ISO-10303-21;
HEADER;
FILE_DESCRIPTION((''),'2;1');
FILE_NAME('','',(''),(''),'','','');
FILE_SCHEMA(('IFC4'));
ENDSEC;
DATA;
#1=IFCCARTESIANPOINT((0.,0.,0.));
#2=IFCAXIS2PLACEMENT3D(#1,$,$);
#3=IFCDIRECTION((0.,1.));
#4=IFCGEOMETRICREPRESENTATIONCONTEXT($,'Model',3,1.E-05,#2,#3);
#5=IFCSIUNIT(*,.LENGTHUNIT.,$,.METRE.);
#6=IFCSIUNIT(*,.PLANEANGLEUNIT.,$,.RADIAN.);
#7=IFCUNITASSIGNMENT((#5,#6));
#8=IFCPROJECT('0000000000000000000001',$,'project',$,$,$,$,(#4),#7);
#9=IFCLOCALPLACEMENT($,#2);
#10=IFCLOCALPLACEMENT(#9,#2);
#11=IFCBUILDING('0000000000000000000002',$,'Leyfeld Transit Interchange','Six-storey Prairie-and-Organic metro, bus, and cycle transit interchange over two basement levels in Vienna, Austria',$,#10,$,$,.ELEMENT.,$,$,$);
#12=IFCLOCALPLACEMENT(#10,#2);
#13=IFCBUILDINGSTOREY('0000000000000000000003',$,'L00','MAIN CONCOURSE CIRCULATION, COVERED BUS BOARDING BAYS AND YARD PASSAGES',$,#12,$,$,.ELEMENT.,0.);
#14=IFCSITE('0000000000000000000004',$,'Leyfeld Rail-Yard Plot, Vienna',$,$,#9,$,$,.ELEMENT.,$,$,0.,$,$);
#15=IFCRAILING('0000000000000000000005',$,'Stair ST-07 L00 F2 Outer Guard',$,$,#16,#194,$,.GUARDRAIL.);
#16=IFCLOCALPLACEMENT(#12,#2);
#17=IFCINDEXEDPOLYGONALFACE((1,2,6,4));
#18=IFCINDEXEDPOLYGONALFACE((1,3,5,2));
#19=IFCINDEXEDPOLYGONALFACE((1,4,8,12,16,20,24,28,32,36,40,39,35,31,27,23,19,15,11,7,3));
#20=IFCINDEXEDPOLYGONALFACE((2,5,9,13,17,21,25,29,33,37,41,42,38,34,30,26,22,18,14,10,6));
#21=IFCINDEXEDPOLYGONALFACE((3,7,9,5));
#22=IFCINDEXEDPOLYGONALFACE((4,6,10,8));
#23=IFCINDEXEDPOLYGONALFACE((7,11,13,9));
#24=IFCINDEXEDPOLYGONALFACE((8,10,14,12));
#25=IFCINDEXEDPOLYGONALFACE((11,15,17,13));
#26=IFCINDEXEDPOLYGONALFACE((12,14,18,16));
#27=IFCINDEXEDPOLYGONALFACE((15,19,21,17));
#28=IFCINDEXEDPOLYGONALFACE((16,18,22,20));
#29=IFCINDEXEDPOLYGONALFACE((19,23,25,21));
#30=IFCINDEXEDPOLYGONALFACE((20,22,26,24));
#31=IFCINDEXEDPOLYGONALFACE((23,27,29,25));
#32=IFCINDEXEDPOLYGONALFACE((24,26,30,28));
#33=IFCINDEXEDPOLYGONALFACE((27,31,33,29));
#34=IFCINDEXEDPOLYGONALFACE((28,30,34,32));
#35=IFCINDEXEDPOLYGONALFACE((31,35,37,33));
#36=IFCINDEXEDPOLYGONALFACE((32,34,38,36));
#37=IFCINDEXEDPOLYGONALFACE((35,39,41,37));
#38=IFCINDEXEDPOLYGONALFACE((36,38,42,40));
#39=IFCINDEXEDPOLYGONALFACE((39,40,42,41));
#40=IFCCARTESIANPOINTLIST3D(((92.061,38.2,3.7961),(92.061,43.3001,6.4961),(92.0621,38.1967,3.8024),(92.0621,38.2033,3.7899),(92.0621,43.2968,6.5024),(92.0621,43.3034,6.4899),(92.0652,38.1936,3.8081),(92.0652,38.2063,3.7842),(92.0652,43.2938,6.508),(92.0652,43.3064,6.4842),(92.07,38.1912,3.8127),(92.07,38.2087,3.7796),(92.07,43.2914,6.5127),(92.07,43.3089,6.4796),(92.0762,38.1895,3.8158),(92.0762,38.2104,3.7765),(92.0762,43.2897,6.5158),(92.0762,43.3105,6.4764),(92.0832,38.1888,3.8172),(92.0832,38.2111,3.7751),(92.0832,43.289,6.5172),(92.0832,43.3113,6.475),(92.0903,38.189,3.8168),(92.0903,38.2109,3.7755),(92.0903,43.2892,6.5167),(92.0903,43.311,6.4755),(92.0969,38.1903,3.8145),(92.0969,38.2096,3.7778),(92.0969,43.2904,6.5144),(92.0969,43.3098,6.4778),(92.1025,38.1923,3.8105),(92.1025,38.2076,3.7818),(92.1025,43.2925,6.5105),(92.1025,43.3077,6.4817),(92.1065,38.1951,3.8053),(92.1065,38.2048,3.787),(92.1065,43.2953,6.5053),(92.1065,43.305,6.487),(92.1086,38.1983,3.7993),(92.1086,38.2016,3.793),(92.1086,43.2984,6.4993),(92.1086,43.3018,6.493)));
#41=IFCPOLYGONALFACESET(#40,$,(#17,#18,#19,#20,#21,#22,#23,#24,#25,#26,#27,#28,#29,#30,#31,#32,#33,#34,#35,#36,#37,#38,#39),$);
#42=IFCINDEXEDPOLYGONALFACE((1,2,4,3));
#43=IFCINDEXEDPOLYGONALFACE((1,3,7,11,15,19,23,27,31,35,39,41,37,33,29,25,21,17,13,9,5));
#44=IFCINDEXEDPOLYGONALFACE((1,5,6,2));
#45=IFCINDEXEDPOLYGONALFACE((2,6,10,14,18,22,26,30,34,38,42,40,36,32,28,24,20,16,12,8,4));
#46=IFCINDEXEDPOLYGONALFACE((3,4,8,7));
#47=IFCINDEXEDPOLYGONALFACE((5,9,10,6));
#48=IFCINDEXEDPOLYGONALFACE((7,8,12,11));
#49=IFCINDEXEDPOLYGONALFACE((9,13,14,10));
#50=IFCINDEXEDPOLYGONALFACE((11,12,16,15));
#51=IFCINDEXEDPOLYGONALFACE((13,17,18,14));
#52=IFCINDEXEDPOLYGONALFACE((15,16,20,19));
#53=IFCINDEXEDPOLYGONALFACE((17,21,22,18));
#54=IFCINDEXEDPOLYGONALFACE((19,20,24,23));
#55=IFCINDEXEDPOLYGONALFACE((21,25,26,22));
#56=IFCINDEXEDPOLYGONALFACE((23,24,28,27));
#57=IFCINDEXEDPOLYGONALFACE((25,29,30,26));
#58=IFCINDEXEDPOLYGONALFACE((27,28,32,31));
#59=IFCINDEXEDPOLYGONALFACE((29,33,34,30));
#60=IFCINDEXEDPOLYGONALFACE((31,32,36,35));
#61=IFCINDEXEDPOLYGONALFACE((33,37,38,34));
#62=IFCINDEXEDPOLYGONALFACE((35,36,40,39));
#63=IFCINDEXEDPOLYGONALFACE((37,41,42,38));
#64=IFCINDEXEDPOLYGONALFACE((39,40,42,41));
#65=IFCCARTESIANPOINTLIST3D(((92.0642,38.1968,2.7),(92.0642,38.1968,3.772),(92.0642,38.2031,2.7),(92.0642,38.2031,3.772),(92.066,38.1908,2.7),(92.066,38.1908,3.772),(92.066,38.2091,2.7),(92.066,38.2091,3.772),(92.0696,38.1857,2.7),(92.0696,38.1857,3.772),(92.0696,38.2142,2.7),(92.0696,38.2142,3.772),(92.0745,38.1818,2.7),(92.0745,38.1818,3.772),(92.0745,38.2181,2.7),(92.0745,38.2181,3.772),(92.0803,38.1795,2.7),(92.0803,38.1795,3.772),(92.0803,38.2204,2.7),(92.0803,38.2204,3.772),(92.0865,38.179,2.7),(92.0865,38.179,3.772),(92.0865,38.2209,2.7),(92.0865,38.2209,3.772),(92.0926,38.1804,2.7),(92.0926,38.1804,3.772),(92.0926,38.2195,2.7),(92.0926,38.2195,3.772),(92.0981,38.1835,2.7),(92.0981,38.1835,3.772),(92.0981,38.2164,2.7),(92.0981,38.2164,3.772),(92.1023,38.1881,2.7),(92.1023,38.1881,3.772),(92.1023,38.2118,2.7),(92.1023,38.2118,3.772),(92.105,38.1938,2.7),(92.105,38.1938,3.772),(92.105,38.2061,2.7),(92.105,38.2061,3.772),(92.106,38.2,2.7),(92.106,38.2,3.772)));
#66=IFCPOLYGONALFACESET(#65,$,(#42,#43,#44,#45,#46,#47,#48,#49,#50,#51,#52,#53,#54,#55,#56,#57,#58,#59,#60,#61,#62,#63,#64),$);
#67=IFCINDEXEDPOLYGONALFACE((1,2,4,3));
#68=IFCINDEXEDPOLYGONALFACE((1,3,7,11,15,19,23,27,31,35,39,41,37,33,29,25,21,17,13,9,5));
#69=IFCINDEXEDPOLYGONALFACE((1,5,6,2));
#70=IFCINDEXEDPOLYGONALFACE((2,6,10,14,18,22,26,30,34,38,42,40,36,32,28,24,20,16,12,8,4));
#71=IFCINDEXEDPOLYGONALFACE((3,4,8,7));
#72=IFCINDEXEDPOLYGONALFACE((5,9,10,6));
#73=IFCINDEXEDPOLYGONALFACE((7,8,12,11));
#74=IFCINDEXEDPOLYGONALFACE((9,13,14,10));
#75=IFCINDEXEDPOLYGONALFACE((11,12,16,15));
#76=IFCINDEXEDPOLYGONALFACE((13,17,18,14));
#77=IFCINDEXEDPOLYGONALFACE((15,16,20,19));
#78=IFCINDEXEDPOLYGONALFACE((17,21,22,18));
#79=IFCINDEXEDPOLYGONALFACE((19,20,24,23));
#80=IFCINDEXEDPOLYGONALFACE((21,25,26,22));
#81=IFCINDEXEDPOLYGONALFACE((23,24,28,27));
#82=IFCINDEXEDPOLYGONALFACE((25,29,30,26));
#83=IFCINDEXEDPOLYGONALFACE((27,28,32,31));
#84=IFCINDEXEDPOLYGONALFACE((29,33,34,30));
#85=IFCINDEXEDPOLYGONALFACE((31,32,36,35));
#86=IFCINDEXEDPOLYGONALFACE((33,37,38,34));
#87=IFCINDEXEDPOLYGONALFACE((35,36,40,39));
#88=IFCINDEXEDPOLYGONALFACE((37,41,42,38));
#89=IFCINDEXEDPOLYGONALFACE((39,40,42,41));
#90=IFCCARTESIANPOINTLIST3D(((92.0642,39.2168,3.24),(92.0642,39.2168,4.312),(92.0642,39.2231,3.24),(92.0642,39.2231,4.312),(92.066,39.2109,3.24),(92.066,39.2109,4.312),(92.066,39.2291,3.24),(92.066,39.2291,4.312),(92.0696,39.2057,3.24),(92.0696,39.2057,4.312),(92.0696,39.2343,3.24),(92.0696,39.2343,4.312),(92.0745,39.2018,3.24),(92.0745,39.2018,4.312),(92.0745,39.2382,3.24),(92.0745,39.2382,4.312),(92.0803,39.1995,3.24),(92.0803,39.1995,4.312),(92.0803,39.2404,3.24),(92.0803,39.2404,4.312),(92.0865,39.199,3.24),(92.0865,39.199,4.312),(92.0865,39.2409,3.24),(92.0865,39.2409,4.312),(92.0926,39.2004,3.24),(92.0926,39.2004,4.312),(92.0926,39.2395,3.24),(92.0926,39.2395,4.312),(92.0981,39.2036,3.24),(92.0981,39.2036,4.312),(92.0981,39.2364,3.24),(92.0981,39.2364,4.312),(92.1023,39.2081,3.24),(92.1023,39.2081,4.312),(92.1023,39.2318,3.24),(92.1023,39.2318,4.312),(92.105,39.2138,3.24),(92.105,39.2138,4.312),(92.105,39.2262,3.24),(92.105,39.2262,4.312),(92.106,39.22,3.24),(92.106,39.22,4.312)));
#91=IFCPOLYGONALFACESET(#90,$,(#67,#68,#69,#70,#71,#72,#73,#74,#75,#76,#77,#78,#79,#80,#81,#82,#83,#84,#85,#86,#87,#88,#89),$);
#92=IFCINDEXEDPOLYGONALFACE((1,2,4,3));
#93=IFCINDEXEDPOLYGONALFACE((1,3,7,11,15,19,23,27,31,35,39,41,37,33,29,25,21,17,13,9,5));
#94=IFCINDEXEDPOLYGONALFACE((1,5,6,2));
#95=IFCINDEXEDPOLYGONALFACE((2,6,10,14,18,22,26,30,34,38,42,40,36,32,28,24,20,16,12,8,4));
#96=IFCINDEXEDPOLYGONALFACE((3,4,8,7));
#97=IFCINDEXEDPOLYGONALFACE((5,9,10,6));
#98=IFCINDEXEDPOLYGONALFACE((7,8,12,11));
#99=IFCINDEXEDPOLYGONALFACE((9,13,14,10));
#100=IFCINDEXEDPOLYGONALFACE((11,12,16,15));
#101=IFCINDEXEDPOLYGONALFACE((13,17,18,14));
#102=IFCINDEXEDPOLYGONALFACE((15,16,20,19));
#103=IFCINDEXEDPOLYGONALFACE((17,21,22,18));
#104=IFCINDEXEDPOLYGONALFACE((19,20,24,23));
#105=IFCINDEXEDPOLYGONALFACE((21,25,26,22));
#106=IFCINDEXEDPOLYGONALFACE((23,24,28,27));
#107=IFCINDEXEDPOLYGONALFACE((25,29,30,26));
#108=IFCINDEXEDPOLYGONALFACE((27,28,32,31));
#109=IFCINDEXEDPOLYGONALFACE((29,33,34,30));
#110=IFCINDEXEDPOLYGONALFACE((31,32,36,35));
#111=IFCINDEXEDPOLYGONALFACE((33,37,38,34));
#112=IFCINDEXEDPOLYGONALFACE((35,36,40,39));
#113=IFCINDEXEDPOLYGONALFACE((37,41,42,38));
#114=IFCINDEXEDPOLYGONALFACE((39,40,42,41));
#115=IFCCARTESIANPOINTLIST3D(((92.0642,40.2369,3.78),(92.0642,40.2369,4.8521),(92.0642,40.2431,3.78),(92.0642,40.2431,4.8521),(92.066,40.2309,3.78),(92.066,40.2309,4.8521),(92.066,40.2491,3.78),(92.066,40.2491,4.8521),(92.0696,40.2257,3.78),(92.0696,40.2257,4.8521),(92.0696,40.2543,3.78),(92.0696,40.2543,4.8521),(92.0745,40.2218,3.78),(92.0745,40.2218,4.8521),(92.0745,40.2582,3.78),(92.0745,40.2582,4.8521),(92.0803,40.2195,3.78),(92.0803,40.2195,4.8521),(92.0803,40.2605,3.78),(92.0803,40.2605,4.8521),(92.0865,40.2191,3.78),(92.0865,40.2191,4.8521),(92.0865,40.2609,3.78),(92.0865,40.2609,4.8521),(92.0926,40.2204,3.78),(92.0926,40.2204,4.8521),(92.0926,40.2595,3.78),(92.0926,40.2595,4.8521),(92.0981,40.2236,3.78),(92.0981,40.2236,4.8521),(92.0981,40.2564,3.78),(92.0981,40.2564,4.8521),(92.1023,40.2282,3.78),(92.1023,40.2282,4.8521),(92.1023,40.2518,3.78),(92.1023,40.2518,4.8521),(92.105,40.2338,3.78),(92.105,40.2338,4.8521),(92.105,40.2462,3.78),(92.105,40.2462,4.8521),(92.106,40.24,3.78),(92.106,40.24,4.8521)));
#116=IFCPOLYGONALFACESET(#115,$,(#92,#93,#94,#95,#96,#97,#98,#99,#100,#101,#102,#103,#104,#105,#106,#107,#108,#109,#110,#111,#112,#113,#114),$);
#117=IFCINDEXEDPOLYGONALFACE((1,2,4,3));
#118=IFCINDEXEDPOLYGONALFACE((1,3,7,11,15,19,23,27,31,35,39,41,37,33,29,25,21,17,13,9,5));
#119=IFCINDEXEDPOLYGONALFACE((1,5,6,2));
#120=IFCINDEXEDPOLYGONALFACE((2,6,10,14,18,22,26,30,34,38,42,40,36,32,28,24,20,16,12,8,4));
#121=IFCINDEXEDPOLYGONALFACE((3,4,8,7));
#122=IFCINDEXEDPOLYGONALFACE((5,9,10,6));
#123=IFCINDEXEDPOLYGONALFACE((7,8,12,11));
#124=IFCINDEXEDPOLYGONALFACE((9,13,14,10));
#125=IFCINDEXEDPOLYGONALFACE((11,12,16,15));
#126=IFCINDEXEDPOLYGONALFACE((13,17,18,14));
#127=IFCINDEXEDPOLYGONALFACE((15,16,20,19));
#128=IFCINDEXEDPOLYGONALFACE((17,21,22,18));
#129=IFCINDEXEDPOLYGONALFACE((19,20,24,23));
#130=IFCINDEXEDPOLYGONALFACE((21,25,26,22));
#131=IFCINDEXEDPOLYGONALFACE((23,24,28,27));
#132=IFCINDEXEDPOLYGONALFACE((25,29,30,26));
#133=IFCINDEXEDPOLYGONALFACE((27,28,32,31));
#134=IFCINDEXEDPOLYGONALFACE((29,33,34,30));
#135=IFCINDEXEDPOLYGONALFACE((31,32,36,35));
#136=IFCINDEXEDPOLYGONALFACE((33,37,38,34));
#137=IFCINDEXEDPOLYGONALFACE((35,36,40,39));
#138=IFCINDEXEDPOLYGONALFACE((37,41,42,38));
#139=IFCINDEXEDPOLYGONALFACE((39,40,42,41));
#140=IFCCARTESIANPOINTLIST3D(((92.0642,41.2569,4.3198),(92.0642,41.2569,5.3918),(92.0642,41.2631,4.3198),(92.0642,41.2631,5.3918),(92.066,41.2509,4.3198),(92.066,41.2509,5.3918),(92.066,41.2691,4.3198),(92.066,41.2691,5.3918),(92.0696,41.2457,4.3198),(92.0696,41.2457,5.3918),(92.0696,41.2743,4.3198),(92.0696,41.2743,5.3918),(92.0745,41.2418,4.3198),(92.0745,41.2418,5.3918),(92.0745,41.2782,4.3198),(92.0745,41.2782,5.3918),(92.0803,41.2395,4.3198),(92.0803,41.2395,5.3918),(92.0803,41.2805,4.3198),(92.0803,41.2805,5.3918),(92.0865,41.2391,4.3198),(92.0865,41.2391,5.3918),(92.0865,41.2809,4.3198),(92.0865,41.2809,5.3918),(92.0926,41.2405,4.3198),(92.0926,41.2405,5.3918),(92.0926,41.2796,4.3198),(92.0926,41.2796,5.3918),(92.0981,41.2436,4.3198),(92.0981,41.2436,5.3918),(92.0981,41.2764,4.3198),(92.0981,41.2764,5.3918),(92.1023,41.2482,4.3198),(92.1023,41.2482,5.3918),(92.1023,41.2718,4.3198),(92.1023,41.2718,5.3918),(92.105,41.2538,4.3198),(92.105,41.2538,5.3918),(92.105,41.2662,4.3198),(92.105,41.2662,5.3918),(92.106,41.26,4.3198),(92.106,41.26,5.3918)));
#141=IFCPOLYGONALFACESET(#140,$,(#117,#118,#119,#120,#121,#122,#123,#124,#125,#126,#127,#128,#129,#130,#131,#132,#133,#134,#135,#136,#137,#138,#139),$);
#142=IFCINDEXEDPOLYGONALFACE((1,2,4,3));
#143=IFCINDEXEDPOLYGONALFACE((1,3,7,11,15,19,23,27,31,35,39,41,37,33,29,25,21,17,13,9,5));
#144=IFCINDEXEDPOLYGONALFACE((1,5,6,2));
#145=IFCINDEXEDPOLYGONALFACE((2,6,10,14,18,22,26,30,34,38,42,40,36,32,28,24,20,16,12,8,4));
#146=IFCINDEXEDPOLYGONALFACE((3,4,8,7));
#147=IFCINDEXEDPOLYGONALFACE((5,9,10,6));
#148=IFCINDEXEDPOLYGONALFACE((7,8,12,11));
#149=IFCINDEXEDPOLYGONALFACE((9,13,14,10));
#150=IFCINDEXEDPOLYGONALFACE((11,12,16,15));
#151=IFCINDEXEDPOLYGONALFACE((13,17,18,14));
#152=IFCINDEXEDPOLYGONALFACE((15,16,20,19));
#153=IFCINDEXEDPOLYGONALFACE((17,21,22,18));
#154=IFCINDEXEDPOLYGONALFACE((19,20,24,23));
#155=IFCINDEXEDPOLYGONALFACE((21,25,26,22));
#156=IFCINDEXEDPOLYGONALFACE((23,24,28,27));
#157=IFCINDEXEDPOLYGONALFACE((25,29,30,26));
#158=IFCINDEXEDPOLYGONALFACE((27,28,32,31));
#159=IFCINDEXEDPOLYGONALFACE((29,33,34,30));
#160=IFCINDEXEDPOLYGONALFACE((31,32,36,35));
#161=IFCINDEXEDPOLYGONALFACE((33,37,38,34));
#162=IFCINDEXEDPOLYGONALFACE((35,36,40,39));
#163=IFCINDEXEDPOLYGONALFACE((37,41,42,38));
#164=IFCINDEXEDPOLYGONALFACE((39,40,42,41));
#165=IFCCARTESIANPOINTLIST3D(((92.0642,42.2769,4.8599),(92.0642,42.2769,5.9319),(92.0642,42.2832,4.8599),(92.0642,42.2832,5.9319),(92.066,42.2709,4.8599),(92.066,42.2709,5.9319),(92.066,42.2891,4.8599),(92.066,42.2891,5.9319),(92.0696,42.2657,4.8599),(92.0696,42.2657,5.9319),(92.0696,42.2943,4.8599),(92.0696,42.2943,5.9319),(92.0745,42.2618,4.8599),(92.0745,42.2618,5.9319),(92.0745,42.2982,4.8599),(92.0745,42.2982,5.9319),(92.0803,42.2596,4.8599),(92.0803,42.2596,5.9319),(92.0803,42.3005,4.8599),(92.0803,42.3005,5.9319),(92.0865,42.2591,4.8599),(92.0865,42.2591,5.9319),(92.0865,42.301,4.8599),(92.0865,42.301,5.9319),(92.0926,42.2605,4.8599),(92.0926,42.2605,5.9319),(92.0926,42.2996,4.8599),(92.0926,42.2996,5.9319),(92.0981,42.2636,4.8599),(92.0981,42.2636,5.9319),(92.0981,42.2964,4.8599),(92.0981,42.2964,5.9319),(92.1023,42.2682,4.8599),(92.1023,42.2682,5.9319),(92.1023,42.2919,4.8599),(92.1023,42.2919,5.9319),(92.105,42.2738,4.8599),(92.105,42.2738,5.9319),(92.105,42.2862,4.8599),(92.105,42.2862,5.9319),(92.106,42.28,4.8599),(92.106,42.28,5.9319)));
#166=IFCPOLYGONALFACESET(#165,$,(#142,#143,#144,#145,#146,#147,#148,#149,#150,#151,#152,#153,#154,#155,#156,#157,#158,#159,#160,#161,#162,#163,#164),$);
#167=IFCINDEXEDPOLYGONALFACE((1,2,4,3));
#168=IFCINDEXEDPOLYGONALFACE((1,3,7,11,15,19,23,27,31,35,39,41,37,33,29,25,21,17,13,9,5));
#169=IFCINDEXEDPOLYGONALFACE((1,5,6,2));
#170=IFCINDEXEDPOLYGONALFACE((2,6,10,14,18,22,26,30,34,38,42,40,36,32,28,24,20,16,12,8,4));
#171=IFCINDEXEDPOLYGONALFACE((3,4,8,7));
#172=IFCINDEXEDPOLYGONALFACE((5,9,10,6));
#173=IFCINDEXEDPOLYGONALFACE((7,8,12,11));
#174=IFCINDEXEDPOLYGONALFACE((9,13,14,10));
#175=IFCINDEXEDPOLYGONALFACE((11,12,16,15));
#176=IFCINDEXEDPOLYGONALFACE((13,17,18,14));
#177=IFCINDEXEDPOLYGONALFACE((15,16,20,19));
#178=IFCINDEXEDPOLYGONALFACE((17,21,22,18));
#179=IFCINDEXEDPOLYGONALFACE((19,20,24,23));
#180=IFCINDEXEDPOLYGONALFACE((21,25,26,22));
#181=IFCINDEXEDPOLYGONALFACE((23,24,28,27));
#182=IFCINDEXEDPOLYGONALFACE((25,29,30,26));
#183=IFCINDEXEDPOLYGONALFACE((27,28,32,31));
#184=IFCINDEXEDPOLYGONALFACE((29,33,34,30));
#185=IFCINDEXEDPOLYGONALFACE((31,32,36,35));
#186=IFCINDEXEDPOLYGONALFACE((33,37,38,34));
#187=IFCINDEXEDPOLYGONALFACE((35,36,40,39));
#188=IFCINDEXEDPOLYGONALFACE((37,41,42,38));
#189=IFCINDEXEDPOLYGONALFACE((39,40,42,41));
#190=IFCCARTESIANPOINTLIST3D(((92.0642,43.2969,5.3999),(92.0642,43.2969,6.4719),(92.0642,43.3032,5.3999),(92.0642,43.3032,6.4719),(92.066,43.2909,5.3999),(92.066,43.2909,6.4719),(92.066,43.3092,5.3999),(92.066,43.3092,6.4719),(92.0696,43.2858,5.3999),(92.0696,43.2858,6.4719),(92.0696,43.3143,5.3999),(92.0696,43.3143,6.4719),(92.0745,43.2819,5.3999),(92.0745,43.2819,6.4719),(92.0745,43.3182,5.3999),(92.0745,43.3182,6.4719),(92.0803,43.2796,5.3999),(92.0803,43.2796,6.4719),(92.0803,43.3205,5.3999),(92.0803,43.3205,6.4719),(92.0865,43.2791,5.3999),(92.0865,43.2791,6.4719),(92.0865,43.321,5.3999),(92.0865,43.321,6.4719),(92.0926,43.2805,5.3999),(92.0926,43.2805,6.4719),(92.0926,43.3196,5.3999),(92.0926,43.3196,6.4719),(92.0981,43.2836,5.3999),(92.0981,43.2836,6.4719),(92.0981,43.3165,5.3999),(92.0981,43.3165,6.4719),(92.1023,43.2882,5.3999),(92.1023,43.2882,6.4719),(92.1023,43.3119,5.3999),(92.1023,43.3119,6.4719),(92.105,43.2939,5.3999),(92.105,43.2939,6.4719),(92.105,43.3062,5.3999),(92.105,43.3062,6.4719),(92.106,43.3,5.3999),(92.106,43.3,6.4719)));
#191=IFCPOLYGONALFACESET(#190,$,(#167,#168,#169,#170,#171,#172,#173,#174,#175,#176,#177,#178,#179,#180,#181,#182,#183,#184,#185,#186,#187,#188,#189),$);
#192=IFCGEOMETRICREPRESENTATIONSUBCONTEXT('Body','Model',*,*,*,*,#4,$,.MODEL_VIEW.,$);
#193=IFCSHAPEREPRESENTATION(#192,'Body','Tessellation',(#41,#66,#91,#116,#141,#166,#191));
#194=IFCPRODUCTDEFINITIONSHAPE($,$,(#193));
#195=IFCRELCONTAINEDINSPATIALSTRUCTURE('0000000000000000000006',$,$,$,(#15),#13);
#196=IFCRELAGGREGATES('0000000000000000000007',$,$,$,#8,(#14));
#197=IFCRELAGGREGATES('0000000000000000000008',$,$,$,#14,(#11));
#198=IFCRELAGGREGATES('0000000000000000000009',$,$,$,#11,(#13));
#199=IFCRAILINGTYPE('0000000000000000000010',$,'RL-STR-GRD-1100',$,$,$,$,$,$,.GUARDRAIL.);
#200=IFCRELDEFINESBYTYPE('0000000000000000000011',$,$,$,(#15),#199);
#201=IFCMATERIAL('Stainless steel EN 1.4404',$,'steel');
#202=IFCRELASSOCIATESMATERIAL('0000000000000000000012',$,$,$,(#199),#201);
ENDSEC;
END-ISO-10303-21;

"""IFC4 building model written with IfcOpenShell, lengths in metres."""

from ifc_helpers import new_model, si_unit, direction, frame, origin, origin_2d, place, context, subcontext, project, spatial, circle, extrude, material, type_object, element, save


model = new_model("IFC4")

# Units and contexts
model_context = context("Model", 3, precision=1e-05, world=origin(), true_north=direction((0.0, 1.0)))
body_context = subcontext(model_context, "Body", "Model", "MODEL_VIEW")
ifc_project = project(units=[si_unit("LENGTHUNIT", "METRE"), si_unit("PLANEANGLEUNIT", "RADIAN")], contexts=[model_context])

# Site, building, storey
site_placement = place(None, origin())
site = spatial("IfcSite", under=ifc_project, at=site_placement, Name="Leyfeld Rail-Yard Plot, Vienna", CompositionType="ELEMENT", RefElevation=0.0)
building_placement = place(site_placement, origin())
building = spatial("IfcBuilding", under=site, at=building_placement, Name="Leyfeld Transit Interchange", Description="Six-storey Prairie-and-Organic metro, bus, and cycle transit interchange over two basement levels in Vienna, Austria", CompositionType="ELEMENT")
storey_placement = place(building_placement, origin())
storey = spatial("IfcBuildingStorey", under=building, at=storey_placement, Name="L00", Description="MAIN CONCOURSE CIRCULATION, COVERED BUS BOARDING BAYS AND YARD PASSAGES", CompositionType="ELEMENT", Elevation=0.0)

# Railing
ifc_material_1 = material(Name="Stainless steel EN 1.4404", Category="steel")
railing_type_1 = type_object("IfcRailingType", Name="RL-STR-GRD-1100", PredefinedType="GUARDRAIL", material=ifc_material_1)
railing_1_placement = place(storey_placement, frame((92.085, 38.2, 2.7)))
element("IfcRailing", 1, at=railing_1_placement, inside=storey, type_object=railing_type_1, Name="Stair ST-07 L00 F2 Outer Guard", PredefinedType="GUARDRAIL", context=body_context, shape_type="SweptSolid", body=[
    extrude(circle(Radius=0.0239, at=origin_2d()), frame((0.0, 0.0, 1.0962), z_axis=(0.0, 0.883795, 0.467874), x_axis=(-1.0, 0.0, 0.0)), (0.0, 0.0, 1.0), 5.7708),
    extrude(circle(Radius=0.021, at=origin_2d()), origin(), (0.0, 0.0, 1.0), 1.072),
    extrude(circle(Radius=0.021, at=origin_2d()), frame((0.0, 1.02, 0.54)), (0.0, 0.0, 1.0), 1.072),
    extrude(circle(Radius=0.021, at=origin_2d()), frame((0.0, 2.04, 1.0801)), (0.0, 0.0, 1.0), 1.072),
    extrude(circle(Radius=0.021, at=origin_2d()), frame((0.0, 3.0601, 1.6199)), (0.0, 0.0, 1.0), 1.072),
    extrude(circle(Radius=0.021, at=origin_2d()), frame((0.0, 4.0801, 2.1599)), (0.0, 0.0, 1.0), 1.072),
    extrude(circle(Radius=0.021, at=origin_2d()), frame((0.0, 5.1001, 2.7)), (0.0, 0.0, 1.0), 1.072),
])

save(model, "model.ifc")
